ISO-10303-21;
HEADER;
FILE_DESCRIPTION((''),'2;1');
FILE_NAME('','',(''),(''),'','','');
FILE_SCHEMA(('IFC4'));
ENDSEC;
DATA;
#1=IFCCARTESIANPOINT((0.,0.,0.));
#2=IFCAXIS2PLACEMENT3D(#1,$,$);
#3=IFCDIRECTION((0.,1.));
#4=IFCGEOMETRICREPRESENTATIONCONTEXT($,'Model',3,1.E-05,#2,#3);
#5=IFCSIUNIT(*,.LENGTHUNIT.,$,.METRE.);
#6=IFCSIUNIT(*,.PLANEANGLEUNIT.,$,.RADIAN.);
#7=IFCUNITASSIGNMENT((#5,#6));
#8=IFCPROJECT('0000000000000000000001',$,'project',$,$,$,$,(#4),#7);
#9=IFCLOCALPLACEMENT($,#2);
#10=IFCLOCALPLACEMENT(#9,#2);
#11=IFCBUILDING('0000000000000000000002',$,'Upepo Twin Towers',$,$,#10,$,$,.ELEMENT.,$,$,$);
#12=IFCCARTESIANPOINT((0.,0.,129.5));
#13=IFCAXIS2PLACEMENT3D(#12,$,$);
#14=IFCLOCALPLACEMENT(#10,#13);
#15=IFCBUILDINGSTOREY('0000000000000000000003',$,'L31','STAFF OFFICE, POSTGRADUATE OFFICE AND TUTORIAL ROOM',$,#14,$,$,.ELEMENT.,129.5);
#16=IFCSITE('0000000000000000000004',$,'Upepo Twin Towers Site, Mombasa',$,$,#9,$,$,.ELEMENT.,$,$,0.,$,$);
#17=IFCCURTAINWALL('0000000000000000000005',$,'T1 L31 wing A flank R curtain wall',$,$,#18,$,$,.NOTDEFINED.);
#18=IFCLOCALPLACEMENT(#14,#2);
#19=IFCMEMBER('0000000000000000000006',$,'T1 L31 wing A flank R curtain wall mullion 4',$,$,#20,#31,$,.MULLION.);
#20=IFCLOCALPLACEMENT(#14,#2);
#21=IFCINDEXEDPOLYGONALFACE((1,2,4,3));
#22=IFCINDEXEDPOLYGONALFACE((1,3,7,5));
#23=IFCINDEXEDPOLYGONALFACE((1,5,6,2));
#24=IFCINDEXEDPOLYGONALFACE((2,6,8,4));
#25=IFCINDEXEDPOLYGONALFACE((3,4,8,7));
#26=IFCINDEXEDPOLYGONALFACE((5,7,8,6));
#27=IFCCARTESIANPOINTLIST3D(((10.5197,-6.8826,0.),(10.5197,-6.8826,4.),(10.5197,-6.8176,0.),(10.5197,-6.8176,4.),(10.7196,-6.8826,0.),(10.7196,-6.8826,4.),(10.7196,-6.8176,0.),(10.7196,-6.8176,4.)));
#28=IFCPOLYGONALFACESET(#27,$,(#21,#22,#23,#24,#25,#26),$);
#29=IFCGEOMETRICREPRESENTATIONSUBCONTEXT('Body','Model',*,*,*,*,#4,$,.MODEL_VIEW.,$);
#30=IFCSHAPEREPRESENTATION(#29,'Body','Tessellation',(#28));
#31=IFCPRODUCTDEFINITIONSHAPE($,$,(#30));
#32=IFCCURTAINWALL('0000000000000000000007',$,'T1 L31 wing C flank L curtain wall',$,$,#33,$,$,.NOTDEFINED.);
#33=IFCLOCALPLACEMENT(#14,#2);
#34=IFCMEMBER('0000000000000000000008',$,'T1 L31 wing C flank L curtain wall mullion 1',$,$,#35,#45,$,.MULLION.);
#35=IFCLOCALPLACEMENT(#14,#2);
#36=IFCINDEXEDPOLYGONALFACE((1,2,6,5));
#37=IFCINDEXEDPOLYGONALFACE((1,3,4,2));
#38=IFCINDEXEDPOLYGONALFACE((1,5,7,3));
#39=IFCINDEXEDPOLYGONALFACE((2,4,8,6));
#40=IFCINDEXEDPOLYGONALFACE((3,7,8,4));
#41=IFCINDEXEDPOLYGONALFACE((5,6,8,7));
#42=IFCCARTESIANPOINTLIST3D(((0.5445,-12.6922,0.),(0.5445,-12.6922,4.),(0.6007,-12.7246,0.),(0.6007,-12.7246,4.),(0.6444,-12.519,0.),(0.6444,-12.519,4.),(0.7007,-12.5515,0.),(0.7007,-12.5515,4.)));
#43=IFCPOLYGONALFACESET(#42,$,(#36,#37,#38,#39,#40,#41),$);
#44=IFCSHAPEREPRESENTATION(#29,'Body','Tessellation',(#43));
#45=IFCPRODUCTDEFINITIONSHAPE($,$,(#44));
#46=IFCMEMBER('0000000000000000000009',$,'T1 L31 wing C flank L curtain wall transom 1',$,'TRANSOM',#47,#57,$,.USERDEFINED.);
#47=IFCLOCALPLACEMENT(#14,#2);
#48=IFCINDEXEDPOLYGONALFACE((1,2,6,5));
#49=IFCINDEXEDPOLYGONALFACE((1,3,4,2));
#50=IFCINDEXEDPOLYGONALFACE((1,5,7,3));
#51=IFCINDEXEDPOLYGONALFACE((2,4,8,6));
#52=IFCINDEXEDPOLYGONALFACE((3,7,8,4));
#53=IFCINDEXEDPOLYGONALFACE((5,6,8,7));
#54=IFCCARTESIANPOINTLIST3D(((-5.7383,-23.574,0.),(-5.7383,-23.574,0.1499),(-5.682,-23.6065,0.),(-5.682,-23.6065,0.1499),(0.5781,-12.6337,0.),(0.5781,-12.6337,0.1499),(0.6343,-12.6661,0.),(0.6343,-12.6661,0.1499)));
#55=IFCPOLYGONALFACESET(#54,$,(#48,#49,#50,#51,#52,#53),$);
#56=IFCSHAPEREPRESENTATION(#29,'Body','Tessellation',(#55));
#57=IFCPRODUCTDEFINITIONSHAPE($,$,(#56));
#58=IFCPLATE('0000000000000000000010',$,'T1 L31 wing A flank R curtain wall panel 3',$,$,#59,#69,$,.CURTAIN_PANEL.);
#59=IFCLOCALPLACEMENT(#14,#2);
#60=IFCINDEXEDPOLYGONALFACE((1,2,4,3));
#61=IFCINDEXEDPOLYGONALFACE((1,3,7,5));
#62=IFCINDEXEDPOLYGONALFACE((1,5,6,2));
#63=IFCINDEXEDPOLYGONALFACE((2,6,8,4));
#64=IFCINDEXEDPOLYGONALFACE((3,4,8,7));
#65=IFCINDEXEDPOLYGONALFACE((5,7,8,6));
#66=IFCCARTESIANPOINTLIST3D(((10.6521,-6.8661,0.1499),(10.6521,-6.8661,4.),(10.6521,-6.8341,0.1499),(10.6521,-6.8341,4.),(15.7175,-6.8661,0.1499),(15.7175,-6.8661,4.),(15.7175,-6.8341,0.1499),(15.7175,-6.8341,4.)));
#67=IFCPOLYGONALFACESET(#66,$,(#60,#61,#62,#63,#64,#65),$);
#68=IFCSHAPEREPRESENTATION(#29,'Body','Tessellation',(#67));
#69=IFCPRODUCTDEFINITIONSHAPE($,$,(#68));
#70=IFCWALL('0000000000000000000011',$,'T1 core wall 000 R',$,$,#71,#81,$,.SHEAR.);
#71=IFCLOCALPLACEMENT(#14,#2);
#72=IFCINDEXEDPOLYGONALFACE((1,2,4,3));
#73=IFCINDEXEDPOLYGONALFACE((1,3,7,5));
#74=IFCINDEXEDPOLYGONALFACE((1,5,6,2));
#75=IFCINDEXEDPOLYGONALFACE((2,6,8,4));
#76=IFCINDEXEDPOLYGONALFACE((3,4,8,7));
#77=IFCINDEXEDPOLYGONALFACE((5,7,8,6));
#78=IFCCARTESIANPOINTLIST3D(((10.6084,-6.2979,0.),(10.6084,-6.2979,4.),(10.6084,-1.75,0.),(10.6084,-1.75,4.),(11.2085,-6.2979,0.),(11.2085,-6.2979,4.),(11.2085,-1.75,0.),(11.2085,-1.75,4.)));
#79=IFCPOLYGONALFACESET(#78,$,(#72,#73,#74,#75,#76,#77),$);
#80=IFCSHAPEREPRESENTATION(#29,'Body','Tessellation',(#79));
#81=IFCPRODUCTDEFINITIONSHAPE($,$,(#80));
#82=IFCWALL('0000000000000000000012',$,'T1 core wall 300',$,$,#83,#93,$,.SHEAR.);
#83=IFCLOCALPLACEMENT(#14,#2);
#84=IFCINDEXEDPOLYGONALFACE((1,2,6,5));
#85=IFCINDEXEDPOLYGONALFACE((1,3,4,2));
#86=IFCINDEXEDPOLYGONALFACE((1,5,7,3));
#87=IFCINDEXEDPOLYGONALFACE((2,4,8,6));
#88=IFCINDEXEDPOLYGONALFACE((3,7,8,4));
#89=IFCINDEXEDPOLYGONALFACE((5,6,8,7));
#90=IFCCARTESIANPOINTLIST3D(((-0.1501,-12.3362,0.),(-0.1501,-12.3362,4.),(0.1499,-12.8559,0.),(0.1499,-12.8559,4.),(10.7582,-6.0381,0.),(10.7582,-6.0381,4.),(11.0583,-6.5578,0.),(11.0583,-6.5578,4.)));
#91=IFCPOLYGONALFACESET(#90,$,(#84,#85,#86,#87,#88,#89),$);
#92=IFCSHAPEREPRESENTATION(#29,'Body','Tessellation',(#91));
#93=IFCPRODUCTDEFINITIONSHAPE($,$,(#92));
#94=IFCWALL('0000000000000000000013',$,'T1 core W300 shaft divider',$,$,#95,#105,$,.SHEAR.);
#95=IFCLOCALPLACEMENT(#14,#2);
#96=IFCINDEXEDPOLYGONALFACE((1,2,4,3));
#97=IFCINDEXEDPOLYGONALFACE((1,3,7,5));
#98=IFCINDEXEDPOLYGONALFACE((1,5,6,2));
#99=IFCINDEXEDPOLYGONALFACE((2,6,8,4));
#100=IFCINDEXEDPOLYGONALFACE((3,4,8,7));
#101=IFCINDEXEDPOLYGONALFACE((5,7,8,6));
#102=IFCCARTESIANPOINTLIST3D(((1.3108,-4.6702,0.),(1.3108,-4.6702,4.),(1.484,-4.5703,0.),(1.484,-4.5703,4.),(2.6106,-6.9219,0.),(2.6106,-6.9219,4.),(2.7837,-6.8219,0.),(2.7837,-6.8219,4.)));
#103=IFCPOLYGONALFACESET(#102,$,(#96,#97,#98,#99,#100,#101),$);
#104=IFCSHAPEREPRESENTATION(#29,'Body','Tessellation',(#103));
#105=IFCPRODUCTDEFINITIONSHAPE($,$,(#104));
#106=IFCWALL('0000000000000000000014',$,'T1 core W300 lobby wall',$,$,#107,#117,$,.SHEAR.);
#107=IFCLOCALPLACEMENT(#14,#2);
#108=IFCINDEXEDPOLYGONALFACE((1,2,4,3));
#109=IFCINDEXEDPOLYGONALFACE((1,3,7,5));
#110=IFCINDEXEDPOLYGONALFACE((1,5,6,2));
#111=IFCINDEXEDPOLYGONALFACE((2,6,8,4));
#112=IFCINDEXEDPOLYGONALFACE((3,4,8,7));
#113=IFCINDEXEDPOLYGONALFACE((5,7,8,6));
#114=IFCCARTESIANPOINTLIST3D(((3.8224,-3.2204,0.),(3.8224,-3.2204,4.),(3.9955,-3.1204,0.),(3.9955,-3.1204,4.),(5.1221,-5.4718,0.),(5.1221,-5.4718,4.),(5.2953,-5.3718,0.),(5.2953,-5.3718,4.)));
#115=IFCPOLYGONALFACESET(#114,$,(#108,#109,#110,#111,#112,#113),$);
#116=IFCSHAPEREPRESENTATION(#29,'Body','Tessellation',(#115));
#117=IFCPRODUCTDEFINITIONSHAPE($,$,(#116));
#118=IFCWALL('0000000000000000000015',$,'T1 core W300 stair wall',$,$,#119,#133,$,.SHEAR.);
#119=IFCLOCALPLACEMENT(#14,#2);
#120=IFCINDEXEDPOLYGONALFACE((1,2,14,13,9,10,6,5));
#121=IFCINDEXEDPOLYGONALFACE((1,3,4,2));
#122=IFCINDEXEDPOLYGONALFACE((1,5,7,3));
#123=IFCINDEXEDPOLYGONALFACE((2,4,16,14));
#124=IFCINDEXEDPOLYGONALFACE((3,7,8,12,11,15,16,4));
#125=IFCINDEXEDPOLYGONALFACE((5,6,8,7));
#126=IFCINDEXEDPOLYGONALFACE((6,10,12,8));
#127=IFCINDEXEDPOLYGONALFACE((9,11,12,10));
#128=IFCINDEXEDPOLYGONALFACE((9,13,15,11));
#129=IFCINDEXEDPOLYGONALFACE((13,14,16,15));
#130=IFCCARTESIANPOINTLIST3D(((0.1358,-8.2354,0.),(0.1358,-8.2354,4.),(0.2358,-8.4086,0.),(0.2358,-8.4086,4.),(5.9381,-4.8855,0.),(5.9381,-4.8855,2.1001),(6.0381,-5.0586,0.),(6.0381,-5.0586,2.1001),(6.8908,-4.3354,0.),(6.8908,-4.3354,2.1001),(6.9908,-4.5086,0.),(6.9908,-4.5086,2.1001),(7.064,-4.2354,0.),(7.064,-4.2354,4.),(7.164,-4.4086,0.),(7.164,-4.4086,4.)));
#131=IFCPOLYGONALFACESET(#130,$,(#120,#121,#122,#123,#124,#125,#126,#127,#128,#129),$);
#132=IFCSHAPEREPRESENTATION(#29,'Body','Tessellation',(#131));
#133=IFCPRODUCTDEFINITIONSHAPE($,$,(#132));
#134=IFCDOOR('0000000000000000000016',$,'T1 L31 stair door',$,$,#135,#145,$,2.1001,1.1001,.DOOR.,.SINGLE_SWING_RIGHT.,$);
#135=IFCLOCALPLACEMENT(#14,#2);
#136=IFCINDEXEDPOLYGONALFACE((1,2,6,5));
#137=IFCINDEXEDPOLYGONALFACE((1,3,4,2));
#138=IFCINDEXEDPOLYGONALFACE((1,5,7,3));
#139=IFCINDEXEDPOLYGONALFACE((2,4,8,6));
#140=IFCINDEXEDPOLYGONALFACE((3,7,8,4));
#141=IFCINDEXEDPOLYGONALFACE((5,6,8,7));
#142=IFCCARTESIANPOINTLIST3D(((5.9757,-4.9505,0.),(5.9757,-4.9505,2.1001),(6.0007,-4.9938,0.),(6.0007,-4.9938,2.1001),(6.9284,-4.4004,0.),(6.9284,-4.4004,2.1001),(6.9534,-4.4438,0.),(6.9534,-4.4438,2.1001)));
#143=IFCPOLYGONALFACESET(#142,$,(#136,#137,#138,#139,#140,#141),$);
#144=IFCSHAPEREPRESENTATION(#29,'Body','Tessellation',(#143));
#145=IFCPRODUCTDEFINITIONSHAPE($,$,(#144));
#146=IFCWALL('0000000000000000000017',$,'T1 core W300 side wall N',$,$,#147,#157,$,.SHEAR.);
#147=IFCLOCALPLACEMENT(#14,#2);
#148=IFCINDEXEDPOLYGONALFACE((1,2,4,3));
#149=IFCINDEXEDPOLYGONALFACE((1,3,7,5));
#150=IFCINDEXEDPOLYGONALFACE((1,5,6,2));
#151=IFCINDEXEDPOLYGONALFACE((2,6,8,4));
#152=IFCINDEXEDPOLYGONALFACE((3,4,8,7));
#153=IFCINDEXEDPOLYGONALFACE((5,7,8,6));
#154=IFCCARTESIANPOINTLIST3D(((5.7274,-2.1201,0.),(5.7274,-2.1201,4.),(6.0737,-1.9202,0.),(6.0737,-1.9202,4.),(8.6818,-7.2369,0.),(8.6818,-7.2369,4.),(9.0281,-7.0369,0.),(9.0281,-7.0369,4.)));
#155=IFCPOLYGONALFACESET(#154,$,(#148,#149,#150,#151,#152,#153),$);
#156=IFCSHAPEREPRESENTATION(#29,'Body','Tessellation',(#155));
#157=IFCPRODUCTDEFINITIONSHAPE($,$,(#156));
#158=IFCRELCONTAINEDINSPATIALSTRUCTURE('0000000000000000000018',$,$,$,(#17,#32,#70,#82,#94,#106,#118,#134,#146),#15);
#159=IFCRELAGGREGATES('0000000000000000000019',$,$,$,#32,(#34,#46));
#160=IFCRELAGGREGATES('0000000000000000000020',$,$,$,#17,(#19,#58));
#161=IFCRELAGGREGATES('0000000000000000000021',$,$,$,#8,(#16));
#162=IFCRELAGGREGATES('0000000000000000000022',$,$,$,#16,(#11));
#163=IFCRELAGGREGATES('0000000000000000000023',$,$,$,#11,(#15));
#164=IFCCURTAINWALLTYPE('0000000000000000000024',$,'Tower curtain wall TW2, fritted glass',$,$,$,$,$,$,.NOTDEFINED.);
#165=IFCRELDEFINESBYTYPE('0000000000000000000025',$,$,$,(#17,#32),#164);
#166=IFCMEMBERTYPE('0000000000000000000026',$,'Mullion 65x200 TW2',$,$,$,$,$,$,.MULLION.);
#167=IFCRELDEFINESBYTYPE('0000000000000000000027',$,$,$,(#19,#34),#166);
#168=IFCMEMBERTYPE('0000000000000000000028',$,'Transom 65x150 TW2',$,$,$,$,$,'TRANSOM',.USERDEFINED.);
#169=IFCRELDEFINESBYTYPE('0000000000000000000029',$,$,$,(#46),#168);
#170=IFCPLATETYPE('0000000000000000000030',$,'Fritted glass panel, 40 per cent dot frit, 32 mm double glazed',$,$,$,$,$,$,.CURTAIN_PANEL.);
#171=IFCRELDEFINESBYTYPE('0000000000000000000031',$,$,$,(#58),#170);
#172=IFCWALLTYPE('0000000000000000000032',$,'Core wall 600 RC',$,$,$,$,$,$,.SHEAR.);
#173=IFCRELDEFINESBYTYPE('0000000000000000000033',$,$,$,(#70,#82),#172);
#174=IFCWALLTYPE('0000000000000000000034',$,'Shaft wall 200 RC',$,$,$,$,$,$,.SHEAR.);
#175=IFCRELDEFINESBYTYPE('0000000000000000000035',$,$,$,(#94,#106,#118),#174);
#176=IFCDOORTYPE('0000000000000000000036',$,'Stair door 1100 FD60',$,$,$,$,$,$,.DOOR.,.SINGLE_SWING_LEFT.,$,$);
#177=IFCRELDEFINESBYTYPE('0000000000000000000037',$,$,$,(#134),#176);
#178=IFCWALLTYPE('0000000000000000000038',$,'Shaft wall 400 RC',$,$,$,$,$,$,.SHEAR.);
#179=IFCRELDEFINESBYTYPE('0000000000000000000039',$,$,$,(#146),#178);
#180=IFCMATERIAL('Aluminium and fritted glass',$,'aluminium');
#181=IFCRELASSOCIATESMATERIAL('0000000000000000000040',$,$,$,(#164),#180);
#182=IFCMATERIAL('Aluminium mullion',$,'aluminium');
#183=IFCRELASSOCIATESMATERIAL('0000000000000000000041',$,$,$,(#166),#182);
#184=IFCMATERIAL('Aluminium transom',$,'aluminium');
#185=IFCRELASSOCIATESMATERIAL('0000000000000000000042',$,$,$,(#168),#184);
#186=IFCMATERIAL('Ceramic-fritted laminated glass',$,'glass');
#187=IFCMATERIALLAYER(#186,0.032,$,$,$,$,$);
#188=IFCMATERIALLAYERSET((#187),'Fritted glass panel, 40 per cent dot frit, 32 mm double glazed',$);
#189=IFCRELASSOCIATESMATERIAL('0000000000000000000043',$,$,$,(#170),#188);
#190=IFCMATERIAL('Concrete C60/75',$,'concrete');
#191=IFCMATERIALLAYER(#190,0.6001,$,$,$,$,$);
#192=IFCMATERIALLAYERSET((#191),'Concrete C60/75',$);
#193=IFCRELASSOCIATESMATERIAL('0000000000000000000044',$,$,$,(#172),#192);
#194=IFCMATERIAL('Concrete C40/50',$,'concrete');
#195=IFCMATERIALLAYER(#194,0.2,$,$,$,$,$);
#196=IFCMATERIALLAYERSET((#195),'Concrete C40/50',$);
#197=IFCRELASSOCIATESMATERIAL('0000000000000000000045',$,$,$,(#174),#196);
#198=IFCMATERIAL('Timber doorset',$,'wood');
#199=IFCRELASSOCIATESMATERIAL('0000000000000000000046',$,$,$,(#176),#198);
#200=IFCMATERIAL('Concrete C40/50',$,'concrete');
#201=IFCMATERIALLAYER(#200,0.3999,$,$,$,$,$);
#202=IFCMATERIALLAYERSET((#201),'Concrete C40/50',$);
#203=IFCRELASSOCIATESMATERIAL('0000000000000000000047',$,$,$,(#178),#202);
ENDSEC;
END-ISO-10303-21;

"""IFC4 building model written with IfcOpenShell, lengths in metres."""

from ifc_helpers import new_model, si_unit, direction, frame, frame_2d, origin, origin_2d, place, context, subcontext, project, spatial, rectangle, extrude, material, layer, layer_set, material_profile, profile_set, type_object, element, fill, aggregate, save


model = new_model("IFC4")

# Units and contexts
model_context = context("Model", 3, precision=1e-05, world=origin(), true_north=direction((0.0, 1.0)))
body_context = subcontext(model_context, "Body", "Model", "MODEL_VIEW")
ifc_project = project(units=[si_unit("LENGTHUNIT", "METRE"), si_unit("PLANEANGLEUNIT", "RADIAN")], contexts=[model_context])

# Site, building, storey
site_placement = place(None, origin())
site = spatial("IfcSite", under=ifc_project, at=site_placement, Name="Upepo Twin Towers Site, Mombasa", CompositionType="ELEMENT", RefElevation=0.0)
building_placement = place(site_placement, origin())
building = spatial("IfcBuilding", under=site, at=building_placement, Name="Upepo Twin Towers", CompositionType="ELEMENT")
storey_placement = place(building_placement, frame((0.0, 0.0, 129.5)))
storey = spatial("IfcBuildingStorey", under=building, at=storey_placement, Name="L31", Description="STAFF OFFICE, POSTGRADUATE OFFICE AND TUTORIAL ROOM", CompositionType="ELEMENT", Elevation=129.5)

# Curtain wall, member
ifc_material_1 = material(Name="Aluminium and fritted glass", Category="aluminium")
curtain_wall_type = type_object("IfcCurtainWallType", Name="Tower curtain wall TW2, fritted glass", PredefinedType="NOTDEFINED", material=ifc_material_1)
curtain_wall_1_placement = place(storey_placement, origin())
curtain_wall_1 = element("IfcCurtainWall", 1, at=curtain_wall_1_placement, inside=storey, type_object=curtain_wall_type, Name="T1 L31 wing A flank R curtain wall", PredefinedType="NOTDEFINED")
ifc_material_2 = material(Name="Aluminium mullion", Category="aluminium")
ifc_material_profile_1 = material_profile(ifc_material_2, rectangle(XDim=0.0649, YDim=0.2, at=origin_2d()), Name="MULLION 65x200")
ifc_profile_set_1 = profile_set([ifc_material_profile_1], Name="Aluminium mullion")
member_type_1 = type_object("IfcMemberType", Name="Mullion 65x200 TW2", PredefinedType="MULLION", material=ifc_profile_set_1)
member_1_placement = place(storey_placement, frame((10.6196, -6.8501, 0.0), z_axis=(0.0, 0.0, 1.0), x_axis=(0.0, -1.0, 0.0)))
member_1 = element("IfcMember", 2, at=member_1_placement, type_object=member_type_1, Name="T1 L31 wing A flank R curtain wall mullion 4", PredefinedType="MULLION", context=body_context, shape_type="SweptSolid", body=[
    extrude(rectangle(XDim=0.0649, YDim=0.2, at=origin_2d()), origin(), (0.0, 0.0, 1.0), 4.0),
])

# Curtain wall, members
curtain_wall_2_placement = place(storey_placement, origin())
curtain_wall_2 = element("IfcCurtainWall", 3, at=curtain_wall_2_placement, inside=storey, type_object=curtain_wall_type, Name="T1 L31 wing C flank L curtain wall", PredefinedType="NOTDEFINED")
member_2_placement = place(storey_placement, frame((0.6226, -12.6218, 0.0), z_axis=(0.0, 0.0, 1.0), x_axis=(0.866025, -0.5, 0.0)))
member_2 = element("IfcMember", 4, at=member_2_placement, type_object=member_type_1, Name="T1 L31 wing C flank L curtain wall mullion 1", PredefinedType="MULLION", context=body_context, shape_type="SweptSolid", body=[
    extrude(rectangle(XDim=0.0649, YDim=0.2, at=origin_2d()), origin(), (0.0, 0.0, 1.0), 4.0),
])
ifc_material_3 = material(Name="Aluminium transom", Category="aluminium")
ifc_material_profile_2 = material_profile(ifc_material_3, rectangle(XDim=0.0649, YDim=0.1499, at=origin_2d()), Name="TRANSOM 65x150")
ifc_profile_set_2 = profile_set([ifc_material_profile_2], Name="Aluminium transom")
member_type_2 = type_object("IfcMemberType", Name="Transom 65x150 TW2", ElementType="TRANSOM", PredefinedType="USERDEFINED", material=ifc_profile_set_2)
member_3_placement = place(storey_placement, frame((0.6062, -12.6499, 0.075), z_axis=(-0.499997, -0.866027, 0.0), x_axis=(0.866027, -0.499997, 0.0)))
member_3 = element("IfcMember", 5, at=member_3_placement, type_object=member_type_2, Name="T1 L31 wing C flank L curtain wall transom 1", ObjectType="TRANSOM", PredefinedType="USERDEFINED", context=body_context, shape_type="SweptSolid", body=[
    extrude(rectangle(XDim=0.0649, YDim=0.1499, at=origin_2d()), origin(), (0.0, 0.0, 1.0), 12.6328),
])
aggregate(curtain_wall_2, [member_2, member_3])

# Plate
ifc_material_4 = material(Name="Ceramic-fritted laminated glass", Category="glass")
ifc_layer_1 = layer(ifc_material_4, 0.032)
ifc_layer_set_1 = layer_set([ifc_layer_1], Name="Fritted glass panel, 40 per cent dot frit, 32 mm double glazed")
plate_type = type_object("IfcPlateType", Name="Fritted glass panel, 40 per cent dot frit, 32 mm double glazed", PredefinedType="CURTAIN_PANEL", material=ifc_layer_set_1)
plate_placement = place(storey_placement, frame((13.1848, -6.8501, 0.1499), z_axis=(0.0, 0.0, 1.0), x_axis=(-1.0, 0.0, 0.0)))
plate = element("IfcPlate", 6, at=plate_placement, type_object=plate_type, Name="T1 L31 wing A flank R curtain wall panel 3", PredefinedType="CURTAIN_PANEL", context=body_context, shape_type="SweptSolid", body=[
    extrude(rectangle(XDim=5.0654, YDim=0.032, at=origin_2d()), origin(), (0.0, 0.0, 1.0), 3.8501),
])
aggregate(curtain_wall_1, [member_1, plate])

# Walls
ifc_material_5 = material(Name="Concrete C60/75", Category="concrete")
ifc_layer_2 = layer(ifc_material_5, 0.6001)
ifc_layer_set_2 = layer_set([ifc_layer_2], Name="Concrete C60/75")
wall_type_1 = type_object("IfcWallType", Name="Core wall 600 RC", PredefinedType="SHEAR", material=ifc_layer_set_2)
wall_1_placement = place(storey_placement, frame((10.9084, -6.2979, 0.0), z_axis=(0.0, 0.0, 1.0), x_axis=(0.0, 1.0, 0.0)))
element("IfcWall", 7, at=wall_1_placement, inside=storey, type_object=wall_type_1, Name="T1 core wall 000 R", PredefinedType="SHEAR", context=body_context, shape_type="SweptSolid", body=[
    extrude(rectangle(XDim=4.5479, YDim=0.6001, at=frame_2d((2.2739, 0.0))), origin(), (0.0, 0.0, 1.0), 4.0),
])
wall_2_placement = place(storey_placement, frame((0.0, -12.5959, 0.0), z_axis=(0.0, 0.0, 1.0), x_axis=(0.866022, 0.500006, 0.0)))
element("IfcWall", 8, at=wall_2_placement, inside=storey, type_object=wall_type_1, Name="T1 core wall 300", PredefinedType="SHEAR", context=body_context, shape_type="SweptSolid", body=[
    extrude(rectangle(XDim=12.5959, YDim=0.6001, at=frame_2d((6.2979, 0.0))), origin(), (0.0, 0.0, 1.0), 4.0),
])
ifc_material_6 = material(Name="Concrete C40/50", Category="concrete")
ifc_layer_3 = layer(ifc_material_6, 0.2)
ifc_layer_set_3 = layer_set([ifc_layer_3], Name="Concrete C40/50")
wall_type_2 = type_object("IfcWallType", Name="Shaft wall 200 RC", PredefinedType="SHEAR", material=ifc_layer_set_3)
wall_3_placement = place(storey_placement, frame((1.3975, -4.6204, 0.0), z_axis=(0.0, 0.0, 1.0), x_axis=(0.499937, -0.866062, 0.0)))
element("IfcWall", 9, at=wall_3_placement, inside=storey, type_object=wall_type_2, Name="T1 core W300 shaft divider", PredefinedType="SHEAR", context=body_context, shape_type="SweptSolid", body=[
    extrude(rectangle(XDim=2.5999, YDim=0.2, at=frame_2d((1.2998, 0.0))), origin(), (0.0, 0.0, 1.0), 4.0),
])
wall_4_placement = place(storey_placement, frame((3.9089, -3.1704, 0.0), z_axis=(0.0, 0.0, 1.0), x_axis=(0.499977, -0.866039, 0.0)))
element("IfcWall", 10, at=wall_4_placement, inside=storey, type_object=wall_type_2, Name="T1 core W300 lobby wall", PredefinedType="SHEAR", context=body_context, shape_type="SweptSolid", body=[
    extrude(rectangle(XDim=2.5996, YDim=0.2, at=frame_2d((1.2998, 0.0))), origin(), (0.0, 0.0, 1.0), 4.0),
])

# Wall, opening, door
wall_5_placement = place(storey_placement, frame((0.1858, -8.322, 0.0), z_axis=(0.0, 0.0, 1.0), x_axis=(0.866026, 0.499999, 0.0)))
wall_5 = element("IfcWall", 11, at=wall_5_placement, inside=storey, type_object=wall_type_2, Name="T1 core W300 stair wall", PredefinedType="SHEAR", context=body_context, shape_type="SweptSolid", body=[
    extrude(rectangle(XDim=8.0, YDim=0.2, at=frame_2d((4.0, 0.0))), origin(), (0.0, 0.0, 1.0), 4.0),
])
opening_1_placement = place(wall_5_placement, frame((6.7, 0.0, 0.0)))
opening_1 = element("IfcOpeningElement", 12, at=opening_1_placement, cuts=wall_5, PredefinedType="OPENING", context=body_context, shape_type="SweptSolid", body=[
    extrude(rectangle(XDim=1.1001, YDim=2.1001, at=frame_2d((0.55, 1.05))), frame((0.0, 0.1099, 0.0), z_axis=(0.0, -1.0, 0.0), x_axis=(1.0, 0.0, 0.0)), (0.0, 0.0, 1.0), 0.22),
])
ifc_material_7 = material(Name="Timber doorset", Category="wood")
door_type_1 = type_object("IfcDoorType", Name="Stair door 1100 FD60", OperationType="SINGLE_SWING_LEFT", PredefinedType="DOOR", material=ifc_material_7)
door_1_placement = place(opening_1_placement, origin())
door_1 = element("IfcDoor", 13, at=door_1_placement, inside=storey, type_object=door_type_1, Name="T1 L31 stair door", OperationType="SINGLE_SWING_RIGHT", OverallHeight=2.1001, OverallWidth=1.1001, PredefinedType="DOOR", context=body_context, shape_type="SweptSolid", body=[
    extrude(rectangle(XDim=1.1001, YDim=2.1001, at=frame_2d((0.55, 1.05))), frame((0.0, 0.0249, 0.0), z_axis=(0.0, -1.0, 0.0), x_axis=(1.0, 0.0, 0.0)), (0.0, 0.0, 1.0), 0.05),
])
fill(opening_1, door_1)

# Wall
ifc_material_8 = material(Name="Concrete C40/50", Category="concrete")
ifc_layer_4 = layer(ifc_material_8, 0.3999)
ifc_layer_set_4 = layer_set([ifc_layer_4], Name="Concrete C40/50")
wall_type_3 = type_object("IfcWallType", Name="Shaft wall 400 RC", PredefinedType="SHEAR", material=ifc_layer_set_4)
wall_6_placement = place(storey_placement, frame((5.9006, -2.0203, 0.0), z_axis=(0.0, 0.0, 1.0), x_axis=(0.500028, -0.866009, 0.0)))
element("IfcWall", 14, at=wall_6_placement, inside=storey, type_object=wall_type_3, Name="T1 core W300 side wall N", PredefinedType="SHEAR", context=body_context, shape_type="SweptSolid", body=[
    extrude(rectangle(XDim=5.9084, YDim=0.3999, at=frame_2d((2.9541, 0.0))), origin(), (0.0, 0.0, 1.0), 4.0),
])

save(model, "model.ifc")
